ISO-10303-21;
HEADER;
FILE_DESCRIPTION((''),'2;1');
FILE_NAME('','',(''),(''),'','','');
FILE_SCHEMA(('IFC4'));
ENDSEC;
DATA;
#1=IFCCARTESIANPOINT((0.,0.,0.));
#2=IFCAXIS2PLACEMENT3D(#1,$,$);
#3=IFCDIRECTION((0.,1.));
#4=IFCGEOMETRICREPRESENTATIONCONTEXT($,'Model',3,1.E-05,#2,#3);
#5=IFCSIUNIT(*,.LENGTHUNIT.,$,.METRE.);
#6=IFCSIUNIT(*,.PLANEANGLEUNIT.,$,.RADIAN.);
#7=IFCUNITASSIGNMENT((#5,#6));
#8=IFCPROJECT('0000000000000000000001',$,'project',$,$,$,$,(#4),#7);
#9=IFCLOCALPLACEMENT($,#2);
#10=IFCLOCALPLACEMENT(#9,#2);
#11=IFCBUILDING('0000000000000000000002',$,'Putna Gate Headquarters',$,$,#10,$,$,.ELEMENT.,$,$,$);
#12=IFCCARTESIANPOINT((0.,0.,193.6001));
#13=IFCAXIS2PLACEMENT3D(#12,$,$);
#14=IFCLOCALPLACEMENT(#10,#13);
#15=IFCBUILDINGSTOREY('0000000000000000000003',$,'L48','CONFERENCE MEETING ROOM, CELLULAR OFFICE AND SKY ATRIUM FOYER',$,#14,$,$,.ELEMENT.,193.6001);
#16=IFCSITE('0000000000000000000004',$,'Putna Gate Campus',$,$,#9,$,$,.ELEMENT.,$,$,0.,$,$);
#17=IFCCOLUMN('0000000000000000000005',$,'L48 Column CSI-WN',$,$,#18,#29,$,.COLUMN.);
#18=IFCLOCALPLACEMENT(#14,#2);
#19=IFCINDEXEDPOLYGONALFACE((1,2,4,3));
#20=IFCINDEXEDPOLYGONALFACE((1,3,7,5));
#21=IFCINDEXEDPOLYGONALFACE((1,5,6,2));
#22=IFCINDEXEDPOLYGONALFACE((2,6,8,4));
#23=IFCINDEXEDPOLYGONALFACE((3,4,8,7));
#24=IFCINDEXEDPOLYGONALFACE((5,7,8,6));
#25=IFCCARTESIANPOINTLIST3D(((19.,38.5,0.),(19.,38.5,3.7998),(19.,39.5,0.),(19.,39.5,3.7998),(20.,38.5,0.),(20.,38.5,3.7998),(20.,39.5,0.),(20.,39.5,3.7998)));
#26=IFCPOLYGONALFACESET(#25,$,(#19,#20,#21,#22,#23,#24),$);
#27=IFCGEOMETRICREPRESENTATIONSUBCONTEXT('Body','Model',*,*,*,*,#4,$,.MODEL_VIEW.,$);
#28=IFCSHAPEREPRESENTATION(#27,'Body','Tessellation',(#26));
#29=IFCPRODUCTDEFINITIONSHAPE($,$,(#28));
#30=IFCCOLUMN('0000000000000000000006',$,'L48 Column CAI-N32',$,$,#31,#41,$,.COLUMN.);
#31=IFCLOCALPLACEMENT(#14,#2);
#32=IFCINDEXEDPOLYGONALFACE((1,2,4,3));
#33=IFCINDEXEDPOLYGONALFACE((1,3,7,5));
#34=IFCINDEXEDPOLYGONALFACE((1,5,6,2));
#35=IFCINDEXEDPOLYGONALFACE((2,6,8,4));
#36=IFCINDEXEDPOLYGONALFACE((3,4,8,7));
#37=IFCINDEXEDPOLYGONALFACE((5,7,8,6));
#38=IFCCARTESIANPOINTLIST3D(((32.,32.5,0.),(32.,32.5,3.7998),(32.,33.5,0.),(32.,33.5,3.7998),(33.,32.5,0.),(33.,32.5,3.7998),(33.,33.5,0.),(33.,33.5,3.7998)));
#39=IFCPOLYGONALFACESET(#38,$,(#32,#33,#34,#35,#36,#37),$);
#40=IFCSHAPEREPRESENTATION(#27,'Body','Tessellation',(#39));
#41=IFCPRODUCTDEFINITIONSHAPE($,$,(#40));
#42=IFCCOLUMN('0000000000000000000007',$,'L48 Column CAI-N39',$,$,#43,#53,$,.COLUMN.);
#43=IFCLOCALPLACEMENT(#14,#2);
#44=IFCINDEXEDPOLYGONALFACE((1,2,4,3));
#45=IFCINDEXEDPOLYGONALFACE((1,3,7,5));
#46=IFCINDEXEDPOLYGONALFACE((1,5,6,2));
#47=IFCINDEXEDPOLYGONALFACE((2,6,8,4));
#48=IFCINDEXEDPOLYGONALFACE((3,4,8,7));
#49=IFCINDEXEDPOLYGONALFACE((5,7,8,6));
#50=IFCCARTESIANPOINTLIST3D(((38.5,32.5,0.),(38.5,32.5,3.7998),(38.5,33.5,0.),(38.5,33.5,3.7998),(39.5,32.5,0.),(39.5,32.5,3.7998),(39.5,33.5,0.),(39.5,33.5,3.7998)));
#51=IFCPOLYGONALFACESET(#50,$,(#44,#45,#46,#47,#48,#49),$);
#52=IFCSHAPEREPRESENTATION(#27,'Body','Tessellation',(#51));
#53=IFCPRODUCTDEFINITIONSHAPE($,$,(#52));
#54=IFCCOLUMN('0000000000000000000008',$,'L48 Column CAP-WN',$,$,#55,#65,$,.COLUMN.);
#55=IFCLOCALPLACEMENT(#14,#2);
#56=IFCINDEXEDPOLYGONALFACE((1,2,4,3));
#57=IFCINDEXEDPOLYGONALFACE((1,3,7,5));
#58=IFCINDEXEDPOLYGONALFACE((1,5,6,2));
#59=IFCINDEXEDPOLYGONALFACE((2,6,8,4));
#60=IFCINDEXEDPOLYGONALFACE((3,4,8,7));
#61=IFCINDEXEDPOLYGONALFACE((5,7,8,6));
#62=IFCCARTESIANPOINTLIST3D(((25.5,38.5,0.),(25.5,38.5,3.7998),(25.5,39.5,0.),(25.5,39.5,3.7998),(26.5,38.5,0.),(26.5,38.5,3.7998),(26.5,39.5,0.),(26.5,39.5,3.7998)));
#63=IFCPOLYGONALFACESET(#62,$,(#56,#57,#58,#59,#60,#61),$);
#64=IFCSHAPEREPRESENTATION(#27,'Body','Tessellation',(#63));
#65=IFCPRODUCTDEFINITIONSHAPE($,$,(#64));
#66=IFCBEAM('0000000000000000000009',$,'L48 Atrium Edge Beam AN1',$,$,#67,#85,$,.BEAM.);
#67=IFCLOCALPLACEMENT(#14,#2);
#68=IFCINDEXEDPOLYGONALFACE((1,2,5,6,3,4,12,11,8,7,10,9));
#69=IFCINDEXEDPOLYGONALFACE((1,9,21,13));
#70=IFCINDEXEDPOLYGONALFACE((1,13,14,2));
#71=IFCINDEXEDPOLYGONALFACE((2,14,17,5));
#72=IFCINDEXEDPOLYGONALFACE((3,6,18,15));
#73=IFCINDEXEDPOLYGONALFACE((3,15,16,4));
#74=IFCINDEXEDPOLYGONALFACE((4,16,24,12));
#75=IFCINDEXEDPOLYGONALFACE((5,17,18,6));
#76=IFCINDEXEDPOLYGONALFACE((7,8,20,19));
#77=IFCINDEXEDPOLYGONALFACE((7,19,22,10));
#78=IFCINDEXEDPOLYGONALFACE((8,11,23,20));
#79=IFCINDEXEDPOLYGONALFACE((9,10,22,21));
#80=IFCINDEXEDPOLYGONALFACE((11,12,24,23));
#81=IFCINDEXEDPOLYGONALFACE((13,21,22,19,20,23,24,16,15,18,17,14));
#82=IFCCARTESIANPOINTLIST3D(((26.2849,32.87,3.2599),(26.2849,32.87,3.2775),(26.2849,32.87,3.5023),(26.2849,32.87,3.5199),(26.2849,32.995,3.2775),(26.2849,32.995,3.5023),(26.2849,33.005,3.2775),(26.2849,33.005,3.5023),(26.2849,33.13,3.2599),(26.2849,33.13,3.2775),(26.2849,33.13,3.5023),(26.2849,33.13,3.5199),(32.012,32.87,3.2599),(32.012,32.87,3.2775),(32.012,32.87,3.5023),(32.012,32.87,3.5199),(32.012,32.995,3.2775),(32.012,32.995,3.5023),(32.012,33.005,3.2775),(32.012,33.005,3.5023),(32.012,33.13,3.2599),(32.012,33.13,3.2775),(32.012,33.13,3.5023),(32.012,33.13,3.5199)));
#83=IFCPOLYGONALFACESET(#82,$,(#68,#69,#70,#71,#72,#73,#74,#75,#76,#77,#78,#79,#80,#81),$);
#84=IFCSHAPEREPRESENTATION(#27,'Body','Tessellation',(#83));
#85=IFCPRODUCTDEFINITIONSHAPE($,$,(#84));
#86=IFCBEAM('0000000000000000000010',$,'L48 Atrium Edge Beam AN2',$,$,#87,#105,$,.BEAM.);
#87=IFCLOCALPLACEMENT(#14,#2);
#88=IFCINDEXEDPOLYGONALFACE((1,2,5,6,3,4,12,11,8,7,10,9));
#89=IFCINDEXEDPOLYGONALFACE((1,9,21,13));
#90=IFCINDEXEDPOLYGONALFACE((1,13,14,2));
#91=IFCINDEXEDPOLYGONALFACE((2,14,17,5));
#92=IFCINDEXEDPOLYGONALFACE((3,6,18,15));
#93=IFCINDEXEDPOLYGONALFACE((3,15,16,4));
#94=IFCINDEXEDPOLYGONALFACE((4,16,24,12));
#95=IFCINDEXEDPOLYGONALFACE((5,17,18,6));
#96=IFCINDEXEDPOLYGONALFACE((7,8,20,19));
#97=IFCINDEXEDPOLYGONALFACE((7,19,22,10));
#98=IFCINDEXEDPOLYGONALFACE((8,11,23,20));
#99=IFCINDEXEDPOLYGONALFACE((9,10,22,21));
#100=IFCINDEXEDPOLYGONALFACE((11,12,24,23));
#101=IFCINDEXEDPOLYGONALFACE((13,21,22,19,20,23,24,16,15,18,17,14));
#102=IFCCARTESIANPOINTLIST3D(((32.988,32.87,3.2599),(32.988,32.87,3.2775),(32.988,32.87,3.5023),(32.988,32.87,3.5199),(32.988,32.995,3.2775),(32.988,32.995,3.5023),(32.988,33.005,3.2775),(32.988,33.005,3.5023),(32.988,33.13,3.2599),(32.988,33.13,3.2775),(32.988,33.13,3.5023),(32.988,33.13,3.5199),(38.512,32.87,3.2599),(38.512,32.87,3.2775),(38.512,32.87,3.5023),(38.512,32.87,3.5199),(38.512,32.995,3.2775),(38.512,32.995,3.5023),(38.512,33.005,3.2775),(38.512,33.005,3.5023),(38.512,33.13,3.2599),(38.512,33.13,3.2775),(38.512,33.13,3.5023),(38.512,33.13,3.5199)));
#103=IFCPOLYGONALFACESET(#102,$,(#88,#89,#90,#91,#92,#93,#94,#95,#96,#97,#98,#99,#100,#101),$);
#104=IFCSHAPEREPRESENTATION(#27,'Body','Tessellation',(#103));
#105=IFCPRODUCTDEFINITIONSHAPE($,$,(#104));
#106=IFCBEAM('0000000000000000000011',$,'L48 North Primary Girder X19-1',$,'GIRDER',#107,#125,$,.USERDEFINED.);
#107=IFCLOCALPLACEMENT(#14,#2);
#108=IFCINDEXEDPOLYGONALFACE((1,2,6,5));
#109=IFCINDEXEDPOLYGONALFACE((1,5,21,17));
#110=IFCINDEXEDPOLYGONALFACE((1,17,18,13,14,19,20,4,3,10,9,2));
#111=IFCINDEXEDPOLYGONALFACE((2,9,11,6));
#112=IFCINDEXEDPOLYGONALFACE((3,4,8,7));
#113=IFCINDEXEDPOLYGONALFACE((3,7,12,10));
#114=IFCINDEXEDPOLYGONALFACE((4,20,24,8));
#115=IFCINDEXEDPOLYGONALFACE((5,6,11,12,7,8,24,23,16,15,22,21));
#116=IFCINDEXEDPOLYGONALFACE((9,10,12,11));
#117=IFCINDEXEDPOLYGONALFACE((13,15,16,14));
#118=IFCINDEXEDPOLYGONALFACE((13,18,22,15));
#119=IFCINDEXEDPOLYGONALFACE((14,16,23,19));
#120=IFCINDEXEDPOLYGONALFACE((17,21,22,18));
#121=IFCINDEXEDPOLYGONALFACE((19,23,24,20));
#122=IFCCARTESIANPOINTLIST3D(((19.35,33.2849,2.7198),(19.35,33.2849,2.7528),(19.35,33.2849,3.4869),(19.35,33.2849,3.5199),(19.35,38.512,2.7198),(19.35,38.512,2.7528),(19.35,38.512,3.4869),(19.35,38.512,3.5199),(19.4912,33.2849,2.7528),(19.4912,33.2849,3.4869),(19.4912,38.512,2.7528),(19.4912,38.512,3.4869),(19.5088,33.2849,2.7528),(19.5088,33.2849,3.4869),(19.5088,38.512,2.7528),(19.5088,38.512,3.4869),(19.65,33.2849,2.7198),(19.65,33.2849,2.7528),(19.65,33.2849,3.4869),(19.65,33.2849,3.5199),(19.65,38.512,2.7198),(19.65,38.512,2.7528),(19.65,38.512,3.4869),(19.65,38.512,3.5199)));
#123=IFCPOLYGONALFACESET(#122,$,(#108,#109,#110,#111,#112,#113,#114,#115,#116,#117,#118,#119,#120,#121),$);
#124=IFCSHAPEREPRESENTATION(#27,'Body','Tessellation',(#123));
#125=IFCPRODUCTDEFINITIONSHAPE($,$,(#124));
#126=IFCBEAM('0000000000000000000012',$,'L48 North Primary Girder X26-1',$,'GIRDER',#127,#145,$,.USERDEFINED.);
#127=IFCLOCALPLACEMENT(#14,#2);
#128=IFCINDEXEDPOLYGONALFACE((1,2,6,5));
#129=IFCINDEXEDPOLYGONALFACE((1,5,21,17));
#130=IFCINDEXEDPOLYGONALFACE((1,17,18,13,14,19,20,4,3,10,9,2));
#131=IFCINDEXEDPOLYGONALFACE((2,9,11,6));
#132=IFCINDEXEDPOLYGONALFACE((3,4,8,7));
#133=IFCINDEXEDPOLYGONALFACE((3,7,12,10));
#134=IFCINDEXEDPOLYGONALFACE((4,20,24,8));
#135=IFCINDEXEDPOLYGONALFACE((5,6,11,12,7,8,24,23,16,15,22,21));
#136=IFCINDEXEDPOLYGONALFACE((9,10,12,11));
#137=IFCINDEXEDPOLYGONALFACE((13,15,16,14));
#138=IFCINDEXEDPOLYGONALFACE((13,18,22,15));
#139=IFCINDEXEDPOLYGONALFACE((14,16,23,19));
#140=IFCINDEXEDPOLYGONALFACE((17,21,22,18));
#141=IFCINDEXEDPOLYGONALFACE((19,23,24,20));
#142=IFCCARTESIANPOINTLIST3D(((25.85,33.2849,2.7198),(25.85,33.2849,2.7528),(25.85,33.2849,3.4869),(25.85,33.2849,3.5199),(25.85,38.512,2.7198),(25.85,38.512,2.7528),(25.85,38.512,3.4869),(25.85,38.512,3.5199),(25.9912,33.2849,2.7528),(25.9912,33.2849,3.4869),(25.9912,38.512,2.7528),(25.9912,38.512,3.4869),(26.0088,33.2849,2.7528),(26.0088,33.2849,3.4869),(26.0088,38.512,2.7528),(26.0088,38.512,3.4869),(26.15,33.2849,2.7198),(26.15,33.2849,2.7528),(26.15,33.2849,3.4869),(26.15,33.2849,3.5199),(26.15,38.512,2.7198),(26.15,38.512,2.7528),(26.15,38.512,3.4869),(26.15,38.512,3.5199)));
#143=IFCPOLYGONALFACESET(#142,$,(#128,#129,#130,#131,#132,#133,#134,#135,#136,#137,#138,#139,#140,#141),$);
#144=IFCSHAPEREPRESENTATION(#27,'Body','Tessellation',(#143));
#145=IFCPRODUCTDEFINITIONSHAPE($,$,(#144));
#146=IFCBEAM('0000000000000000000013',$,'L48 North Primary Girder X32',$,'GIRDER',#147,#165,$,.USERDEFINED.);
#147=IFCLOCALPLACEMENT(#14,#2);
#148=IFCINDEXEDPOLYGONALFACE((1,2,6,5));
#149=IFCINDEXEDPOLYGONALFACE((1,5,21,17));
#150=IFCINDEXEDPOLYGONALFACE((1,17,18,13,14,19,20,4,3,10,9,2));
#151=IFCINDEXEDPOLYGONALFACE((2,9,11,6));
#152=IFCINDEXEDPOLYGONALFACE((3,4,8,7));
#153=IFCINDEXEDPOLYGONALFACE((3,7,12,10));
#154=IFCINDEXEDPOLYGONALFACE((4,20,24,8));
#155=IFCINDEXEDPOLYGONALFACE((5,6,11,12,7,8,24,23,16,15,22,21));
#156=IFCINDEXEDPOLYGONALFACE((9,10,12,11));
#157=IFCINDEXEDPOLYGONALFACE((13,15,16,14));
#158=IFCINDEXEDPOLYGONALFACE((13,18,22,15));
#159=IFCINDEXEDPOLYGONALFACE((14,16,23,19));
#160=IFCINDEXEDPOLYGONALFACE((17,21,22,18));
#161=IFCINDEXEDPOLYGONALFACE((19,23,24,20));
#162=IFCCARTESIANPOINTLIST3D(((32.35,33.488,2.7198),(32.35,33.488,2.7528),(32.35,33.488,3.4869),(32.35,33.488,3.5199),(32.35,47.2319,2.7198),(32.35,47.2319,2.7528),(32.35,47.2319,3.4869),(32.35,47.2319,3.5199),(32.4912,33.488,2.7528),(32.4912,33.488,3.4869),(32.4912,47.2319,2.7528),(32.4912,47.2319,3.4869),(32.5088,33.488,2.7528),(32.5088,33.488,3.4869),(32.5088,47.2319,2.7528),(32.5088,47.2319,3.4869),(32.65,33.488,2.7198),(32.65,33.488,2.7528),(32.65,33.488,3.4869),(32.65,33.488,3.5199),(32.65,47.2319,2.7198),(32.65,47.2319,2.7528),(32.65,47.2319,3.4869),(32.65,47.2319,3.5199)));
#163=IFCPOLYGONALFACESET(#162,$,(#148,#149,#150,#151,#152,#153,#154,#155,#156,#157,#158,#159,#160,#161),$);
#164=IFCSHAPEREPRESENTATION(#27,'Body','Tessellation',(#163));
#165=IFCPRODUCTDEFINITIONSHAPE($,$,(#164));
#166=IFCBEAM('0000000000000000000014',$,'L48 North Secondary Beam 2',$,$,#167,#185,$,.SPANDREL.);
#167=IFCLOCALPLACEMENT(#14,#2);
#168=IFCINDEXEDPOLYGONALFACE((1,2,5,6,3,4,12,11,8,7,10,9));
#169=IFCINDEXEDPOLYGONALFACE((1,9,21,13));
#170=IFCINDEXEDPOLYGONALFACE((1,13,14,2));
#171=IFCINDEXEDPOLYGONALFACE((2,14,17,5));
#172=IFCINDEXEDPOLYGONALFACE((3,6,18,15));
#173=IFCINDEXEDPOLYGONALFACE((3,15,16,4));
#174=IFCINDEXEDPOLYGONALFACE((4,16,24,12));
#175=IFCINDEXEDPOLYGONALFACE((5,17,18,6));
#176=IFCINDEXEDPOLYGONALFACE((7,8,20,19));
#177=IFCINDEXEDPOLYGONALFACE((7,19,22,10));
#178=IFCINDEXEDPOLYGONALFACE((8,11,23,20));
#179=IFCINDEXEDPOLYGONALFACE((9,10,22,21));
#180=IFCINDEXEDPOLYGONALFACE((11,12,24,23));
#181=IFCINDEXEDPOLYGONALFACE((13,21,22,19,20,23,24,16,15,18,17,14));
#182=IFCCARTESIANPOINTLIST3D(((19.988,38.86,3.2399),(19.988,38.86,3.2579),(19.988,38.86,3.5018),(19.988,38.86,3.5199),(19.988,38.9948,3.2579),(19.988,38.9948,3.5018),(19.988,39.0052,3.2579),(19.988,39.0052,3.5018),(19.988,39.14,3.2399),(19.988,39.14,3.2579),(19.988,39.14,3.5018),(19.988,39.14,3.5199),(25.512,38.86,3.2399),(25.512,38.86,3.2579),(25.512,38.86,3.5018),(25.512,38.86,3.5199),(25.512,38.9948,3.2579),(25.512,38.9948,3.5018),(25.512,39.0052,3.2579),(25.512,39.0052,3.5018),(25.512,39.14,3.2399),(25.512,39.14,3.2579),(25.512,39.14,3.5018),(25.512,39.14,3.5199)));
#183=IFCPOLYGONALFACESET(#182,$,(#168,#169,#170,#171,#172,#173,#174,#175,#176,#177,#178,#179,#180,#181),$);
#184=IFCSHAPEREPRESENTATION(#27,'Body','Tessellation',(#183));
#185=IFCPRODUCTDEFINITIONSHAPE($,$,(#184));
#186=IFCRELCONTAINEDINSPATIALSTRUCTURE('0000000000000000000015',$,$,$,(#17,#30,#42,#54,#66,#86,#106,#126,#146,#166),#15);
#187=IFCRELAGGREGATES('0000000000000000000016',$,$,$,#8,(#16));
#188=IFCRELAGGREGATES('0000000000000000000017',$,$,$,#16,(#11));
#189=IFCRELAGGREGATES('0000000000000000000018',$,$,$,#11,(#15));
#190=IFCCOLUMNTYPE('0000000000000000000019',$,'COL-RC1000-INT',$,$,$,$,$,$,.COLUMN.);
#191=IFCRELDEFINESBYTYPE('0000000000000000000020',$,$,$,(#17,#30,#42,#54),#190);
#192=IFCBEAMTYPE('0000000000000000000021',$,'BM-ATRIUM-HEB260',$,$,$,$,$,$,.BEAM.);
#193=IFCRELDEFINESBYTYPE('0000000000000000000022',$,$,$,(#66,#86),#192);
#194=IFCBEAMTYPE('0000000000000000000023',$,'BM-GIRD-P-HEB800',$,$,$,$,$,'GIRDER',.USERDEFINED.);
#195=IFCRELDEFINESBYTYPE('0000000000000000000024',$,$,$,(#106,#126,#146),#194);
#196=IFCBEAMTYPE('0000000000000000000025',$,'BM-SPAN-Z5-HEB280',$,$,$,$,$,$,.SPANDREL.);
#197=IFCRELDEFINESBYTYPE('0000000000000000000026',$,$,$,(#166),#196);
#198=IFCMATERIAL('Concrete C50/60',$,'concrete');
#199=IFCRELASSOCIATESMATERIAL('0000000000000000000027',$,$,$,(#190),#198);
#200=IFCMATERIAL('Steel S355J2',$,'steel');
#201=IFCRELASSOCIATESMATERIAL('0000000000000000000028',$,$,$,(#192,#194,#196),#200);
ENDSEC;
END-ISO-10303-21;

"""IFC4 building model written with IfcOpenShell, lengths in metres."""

from ifc_helpers import new_model, si_unit, direction, frame, origin, origin_2d, place, context, subcontext, project, spatial, rectangle, i_section, extrude, material, material_profile, profile_set, type_object, element, save


model = new_model("IFC4")

# Units and contexts
model_context = context("Model", 3, precision=1e-05, world=origin(), true_north=direction((0.0, 1.0)))
body_context = subcontext(model_context, "Body", "Model", "MODEL_VIEW")
ifc_project = project(units=[si_unit("LENGTHUNIT", "METRE"), si_unit("PLANEANGLEUNIT", "RADIAN")], contexts=[model_context])

# Site, building, storey
site_placement = place(None, origin())
site = spatial("IfcSite", under=ifc_project, at=site_placement, Name="Putna Gate Campus", CompositionType="ELEMENT", RefElevation=0.0)
building_placement = place(site_placement, origin())
building = spatial("IfcBuilding", under=site, at=building_placement, Name="Putna Gate Headquarters", CompositionType="ELEMENT")
storey_placement = place(building_placement, frame((0.0, 0.0, 193.6001)))
storey = spatial("IfcBuildingStorey", under=building, at=storey_placement, Name="L48", Description="CONFERENCE MEETING ROOM, CELLULAR OFFICE AND SKY ATRIUM FOYER", CompositionType="ELEMENT", Elevation=193.6001)

# Columns
ifc_material_1 = material(Name="Concrete C50/60", Category="concrete")
ifc_material_profile_1 = material_profile(ifc_material_1, rectangle(XDim=1.0, YDim=1.0, at=origin_2d()), Name="Concrete C50/60")
ifc_profile_set_1 = profile_set([ifc_material_profile_1], Name="Concrete C50/60")
column_type = type_object("IfcColumnType", Name="COL-RC1000-INT", PredefinedType="COLUMN", material=ifc_profile_set_1)
for number, where, z_axis, x_axis, name in (
    (1, (19.5, 39.0, 0.0), (0.0, 0.0, 1.0), (1.0, 0.0, 0.0), "L48 Column CSI-WN"),
    (2, (32.5, 33.0, 0.0), (0.0, 0.0, 1.0), (1.0, 0.0, 0.0), "L48 Column CAI-N32"),
    (3, (39.0, 33.0, 0.0), (0.0, 0.0, 1.0), (1.0, 0.0, 0.0), "L48 Column CAI-N39"),
    (4, (26.0, 39.0, 0.0), (0.0, 0.0, 1.0), (1.0, 0.0, 0.0), "L48 Column CAP-WN"),
):
    element("IfcColumn", number, at=place(storey_placement, frame(where, z_axis=z_axis, x_axis=x_axis)), inside=storey, type_object=column_type, Name=name, PredefinedType="COLUMN", context=body_context, shape_type="SweptSolid", body=[
        extrude(rectangle(XDim=1.0, YDim=1.0, at=origin_2d()), origin(), (0.0, 0.0, 1.0), 3.7998),
    ])

# Beams
ifc_material_2 = material(Name="Steel S355J2", Category="steel")
ifc_material_profile_2 = material_profile(ifc_material_2, i_section(OverallWidth=0.26, OverallDepth=0.26, WebThickness=0.01, FlangeThickness=0.0176, at=origin_2d()), Name="Steel S355J2")
ifc_profile_set_2 = profile_set([ifc_material_profile_2], Name="Steel S355J2")
beam_type_1 = type_object("IfcBeamType", Name="BM-ATRIUM-HEB260", PredefinedType="BEAM", material=ifc_profile_set_2)
beam_1_placement = place(storey_placement, frame((26.2849, 33.0, 3.3899), z_axis=(1.0, 0.0, 0.0), x_axis=(0.0, 1.0, 0.0)))
element("IfcBeam", 5, at=beam_1_placement, inside=storey, type_object=beam_type_1, Name="L48 Atrium Edge Beam AN1", PredefinedType="BEAM", context=body_context, shape_type="SweptSolid", body=[
    extrude(i_section(OverallWidth=0.26, OverallDepth=0.26, WebThickness=0.01, FlangeThickness=0.0176, at=origin_2d()), origin(), (0.0, 0.0, 1.0), 5.7271),
])
beam_2_placement = place(storey_placement, frame((32.988, 33.0, 3.3899), z_axis=(1.0, 0.0, 0.0), x_axis=(0.0, 1.0, 0.0)))
element("IfcBeam", 6, at=beam_2_placement, inside=storey, type_object=beam_type_1, Name="L48 Atrium Edge Beam AN2", PredefinedType="BEAM", context=body_context, shape_type="SweptSolid", body=[
    extrude(i_section(OverallWidth=0.26, OverallDepth=0.26, WebThickness=0.01, FlangeThickness=0.0176, at=origin_2d()), origin(), (0.0, 0.0, 1.0), 5.5239),
])
ifc_material_profile_3 = material_profile(ifc_material_2, i_section(OverallWidth=0.3, OverallDepth=0.8, WebThickness=0.0176, FlangeThickness=0.033, at=origin_2d()), Name="Steel S355J2")
ifc_profile_set_3 = profile_set([ifc_material_profile_3], Name="Steel S355J2")
beam_type_2 = type_object("IfcBeamType", Name="BM-GIRD-P-HEB800", ElementType="GIRDER", PredefinedType="USERDEFINED", material=ifc_profile_set_3)
for number, where, z_axis, x_axis, name in (
    (7, (19.5, 33.2849, 3.1199), (0.0, 1.0, 0.0), (-1.0, 0.0, 0.0), "L48 North Primary Girder X19-1"),
    (8, (26.0, 33.2849, 3.1199), (0.0, 1.0, 0.0), (-1.0, 0.0, 0.0), "L48 North Primary Girder X26-1"),
):
    element("IfcBeam", number, at=place(storey_placement, frame(where, z_axis=z_axis, x_axis=x_axis)), inside=storey, type_object=beam_type_2, Name=name, ObjectType="GIRDER", PredefinedType="USERDEFINED", context=body_context, shape_type="SweptSolid", body=[
        extrude(i_section(OverallWidth=0.3, OverallDepth=0.8, WebThickness=0.0176, FlangeThickness=0.033, at=origin_2d()), origin(), (0.0, 0.0, 1.0), 5.2271),
    ])
beam_3_placement = place(storey_placement, frame((32.5, 33.488, 3.1199), z_axis=(0.0, 1.0, 0.0), x_axis=(-1.0, 0.0, 0.0)))
element("IfcBeam", 9, at=beam_3_placement, inside=storey, type_object=beam_type_2, Name="L48 North Primary Girder X32", ObjectType="GIRDER", PredefinedType="USERDEFINED", context=body_context, shape_type="SweptSolid", body=[
    extrude(i_section(OverallWidth=0.3, OverallDepth=0.8, WebThickness=0.0176, FlangeThickness=0.033, at=origin_2d()), origin(), (0.0, 0.0, 1.0), 13.7439),
])
ifc_material_profile_4 = material_profile(ifc_material_2, i_section(OverallWidth=0.28, OverallDepth=0.28, WebThickness=0.0105, FlangeThickness=0.0181, at=origin_2d()), Name="Steel S355J2")
ifc_profile_set_4 = profile_set([ifc_material_profile_4], Name="Steel S355J2")
beam_type_3 = type_object("IfcBeamType", Name="BM-SPAN-Z5-HEB280", PredefinedType="SPANDREL", material=ifc_profile_set_4)
beam_4_placement = place(storey_placement, frame((19.988, 39.0, 3.3799), z_axis=(1.0, 0.0, 0.0), x_axis=(0.0, 1.0, 0.0)))
element("IfcBeam", 10, at=beam_4_placement, inside=storey, type_object=beam_type_3, Name="L48 North Secondary Beam 2", PredefinedType="SPANDREL", context=body_context, shape_type="SweptSolid", body=[
    extrude(i_section(OverallWidth=0.28, OverallDepth=0.28, WebThickness=0.0105, FlangeThickness=0.0181, at=origin_2d()), origin(), (0.0, 0.0, 1.0), 5.5239),
])

save(model, "model.ifc")
